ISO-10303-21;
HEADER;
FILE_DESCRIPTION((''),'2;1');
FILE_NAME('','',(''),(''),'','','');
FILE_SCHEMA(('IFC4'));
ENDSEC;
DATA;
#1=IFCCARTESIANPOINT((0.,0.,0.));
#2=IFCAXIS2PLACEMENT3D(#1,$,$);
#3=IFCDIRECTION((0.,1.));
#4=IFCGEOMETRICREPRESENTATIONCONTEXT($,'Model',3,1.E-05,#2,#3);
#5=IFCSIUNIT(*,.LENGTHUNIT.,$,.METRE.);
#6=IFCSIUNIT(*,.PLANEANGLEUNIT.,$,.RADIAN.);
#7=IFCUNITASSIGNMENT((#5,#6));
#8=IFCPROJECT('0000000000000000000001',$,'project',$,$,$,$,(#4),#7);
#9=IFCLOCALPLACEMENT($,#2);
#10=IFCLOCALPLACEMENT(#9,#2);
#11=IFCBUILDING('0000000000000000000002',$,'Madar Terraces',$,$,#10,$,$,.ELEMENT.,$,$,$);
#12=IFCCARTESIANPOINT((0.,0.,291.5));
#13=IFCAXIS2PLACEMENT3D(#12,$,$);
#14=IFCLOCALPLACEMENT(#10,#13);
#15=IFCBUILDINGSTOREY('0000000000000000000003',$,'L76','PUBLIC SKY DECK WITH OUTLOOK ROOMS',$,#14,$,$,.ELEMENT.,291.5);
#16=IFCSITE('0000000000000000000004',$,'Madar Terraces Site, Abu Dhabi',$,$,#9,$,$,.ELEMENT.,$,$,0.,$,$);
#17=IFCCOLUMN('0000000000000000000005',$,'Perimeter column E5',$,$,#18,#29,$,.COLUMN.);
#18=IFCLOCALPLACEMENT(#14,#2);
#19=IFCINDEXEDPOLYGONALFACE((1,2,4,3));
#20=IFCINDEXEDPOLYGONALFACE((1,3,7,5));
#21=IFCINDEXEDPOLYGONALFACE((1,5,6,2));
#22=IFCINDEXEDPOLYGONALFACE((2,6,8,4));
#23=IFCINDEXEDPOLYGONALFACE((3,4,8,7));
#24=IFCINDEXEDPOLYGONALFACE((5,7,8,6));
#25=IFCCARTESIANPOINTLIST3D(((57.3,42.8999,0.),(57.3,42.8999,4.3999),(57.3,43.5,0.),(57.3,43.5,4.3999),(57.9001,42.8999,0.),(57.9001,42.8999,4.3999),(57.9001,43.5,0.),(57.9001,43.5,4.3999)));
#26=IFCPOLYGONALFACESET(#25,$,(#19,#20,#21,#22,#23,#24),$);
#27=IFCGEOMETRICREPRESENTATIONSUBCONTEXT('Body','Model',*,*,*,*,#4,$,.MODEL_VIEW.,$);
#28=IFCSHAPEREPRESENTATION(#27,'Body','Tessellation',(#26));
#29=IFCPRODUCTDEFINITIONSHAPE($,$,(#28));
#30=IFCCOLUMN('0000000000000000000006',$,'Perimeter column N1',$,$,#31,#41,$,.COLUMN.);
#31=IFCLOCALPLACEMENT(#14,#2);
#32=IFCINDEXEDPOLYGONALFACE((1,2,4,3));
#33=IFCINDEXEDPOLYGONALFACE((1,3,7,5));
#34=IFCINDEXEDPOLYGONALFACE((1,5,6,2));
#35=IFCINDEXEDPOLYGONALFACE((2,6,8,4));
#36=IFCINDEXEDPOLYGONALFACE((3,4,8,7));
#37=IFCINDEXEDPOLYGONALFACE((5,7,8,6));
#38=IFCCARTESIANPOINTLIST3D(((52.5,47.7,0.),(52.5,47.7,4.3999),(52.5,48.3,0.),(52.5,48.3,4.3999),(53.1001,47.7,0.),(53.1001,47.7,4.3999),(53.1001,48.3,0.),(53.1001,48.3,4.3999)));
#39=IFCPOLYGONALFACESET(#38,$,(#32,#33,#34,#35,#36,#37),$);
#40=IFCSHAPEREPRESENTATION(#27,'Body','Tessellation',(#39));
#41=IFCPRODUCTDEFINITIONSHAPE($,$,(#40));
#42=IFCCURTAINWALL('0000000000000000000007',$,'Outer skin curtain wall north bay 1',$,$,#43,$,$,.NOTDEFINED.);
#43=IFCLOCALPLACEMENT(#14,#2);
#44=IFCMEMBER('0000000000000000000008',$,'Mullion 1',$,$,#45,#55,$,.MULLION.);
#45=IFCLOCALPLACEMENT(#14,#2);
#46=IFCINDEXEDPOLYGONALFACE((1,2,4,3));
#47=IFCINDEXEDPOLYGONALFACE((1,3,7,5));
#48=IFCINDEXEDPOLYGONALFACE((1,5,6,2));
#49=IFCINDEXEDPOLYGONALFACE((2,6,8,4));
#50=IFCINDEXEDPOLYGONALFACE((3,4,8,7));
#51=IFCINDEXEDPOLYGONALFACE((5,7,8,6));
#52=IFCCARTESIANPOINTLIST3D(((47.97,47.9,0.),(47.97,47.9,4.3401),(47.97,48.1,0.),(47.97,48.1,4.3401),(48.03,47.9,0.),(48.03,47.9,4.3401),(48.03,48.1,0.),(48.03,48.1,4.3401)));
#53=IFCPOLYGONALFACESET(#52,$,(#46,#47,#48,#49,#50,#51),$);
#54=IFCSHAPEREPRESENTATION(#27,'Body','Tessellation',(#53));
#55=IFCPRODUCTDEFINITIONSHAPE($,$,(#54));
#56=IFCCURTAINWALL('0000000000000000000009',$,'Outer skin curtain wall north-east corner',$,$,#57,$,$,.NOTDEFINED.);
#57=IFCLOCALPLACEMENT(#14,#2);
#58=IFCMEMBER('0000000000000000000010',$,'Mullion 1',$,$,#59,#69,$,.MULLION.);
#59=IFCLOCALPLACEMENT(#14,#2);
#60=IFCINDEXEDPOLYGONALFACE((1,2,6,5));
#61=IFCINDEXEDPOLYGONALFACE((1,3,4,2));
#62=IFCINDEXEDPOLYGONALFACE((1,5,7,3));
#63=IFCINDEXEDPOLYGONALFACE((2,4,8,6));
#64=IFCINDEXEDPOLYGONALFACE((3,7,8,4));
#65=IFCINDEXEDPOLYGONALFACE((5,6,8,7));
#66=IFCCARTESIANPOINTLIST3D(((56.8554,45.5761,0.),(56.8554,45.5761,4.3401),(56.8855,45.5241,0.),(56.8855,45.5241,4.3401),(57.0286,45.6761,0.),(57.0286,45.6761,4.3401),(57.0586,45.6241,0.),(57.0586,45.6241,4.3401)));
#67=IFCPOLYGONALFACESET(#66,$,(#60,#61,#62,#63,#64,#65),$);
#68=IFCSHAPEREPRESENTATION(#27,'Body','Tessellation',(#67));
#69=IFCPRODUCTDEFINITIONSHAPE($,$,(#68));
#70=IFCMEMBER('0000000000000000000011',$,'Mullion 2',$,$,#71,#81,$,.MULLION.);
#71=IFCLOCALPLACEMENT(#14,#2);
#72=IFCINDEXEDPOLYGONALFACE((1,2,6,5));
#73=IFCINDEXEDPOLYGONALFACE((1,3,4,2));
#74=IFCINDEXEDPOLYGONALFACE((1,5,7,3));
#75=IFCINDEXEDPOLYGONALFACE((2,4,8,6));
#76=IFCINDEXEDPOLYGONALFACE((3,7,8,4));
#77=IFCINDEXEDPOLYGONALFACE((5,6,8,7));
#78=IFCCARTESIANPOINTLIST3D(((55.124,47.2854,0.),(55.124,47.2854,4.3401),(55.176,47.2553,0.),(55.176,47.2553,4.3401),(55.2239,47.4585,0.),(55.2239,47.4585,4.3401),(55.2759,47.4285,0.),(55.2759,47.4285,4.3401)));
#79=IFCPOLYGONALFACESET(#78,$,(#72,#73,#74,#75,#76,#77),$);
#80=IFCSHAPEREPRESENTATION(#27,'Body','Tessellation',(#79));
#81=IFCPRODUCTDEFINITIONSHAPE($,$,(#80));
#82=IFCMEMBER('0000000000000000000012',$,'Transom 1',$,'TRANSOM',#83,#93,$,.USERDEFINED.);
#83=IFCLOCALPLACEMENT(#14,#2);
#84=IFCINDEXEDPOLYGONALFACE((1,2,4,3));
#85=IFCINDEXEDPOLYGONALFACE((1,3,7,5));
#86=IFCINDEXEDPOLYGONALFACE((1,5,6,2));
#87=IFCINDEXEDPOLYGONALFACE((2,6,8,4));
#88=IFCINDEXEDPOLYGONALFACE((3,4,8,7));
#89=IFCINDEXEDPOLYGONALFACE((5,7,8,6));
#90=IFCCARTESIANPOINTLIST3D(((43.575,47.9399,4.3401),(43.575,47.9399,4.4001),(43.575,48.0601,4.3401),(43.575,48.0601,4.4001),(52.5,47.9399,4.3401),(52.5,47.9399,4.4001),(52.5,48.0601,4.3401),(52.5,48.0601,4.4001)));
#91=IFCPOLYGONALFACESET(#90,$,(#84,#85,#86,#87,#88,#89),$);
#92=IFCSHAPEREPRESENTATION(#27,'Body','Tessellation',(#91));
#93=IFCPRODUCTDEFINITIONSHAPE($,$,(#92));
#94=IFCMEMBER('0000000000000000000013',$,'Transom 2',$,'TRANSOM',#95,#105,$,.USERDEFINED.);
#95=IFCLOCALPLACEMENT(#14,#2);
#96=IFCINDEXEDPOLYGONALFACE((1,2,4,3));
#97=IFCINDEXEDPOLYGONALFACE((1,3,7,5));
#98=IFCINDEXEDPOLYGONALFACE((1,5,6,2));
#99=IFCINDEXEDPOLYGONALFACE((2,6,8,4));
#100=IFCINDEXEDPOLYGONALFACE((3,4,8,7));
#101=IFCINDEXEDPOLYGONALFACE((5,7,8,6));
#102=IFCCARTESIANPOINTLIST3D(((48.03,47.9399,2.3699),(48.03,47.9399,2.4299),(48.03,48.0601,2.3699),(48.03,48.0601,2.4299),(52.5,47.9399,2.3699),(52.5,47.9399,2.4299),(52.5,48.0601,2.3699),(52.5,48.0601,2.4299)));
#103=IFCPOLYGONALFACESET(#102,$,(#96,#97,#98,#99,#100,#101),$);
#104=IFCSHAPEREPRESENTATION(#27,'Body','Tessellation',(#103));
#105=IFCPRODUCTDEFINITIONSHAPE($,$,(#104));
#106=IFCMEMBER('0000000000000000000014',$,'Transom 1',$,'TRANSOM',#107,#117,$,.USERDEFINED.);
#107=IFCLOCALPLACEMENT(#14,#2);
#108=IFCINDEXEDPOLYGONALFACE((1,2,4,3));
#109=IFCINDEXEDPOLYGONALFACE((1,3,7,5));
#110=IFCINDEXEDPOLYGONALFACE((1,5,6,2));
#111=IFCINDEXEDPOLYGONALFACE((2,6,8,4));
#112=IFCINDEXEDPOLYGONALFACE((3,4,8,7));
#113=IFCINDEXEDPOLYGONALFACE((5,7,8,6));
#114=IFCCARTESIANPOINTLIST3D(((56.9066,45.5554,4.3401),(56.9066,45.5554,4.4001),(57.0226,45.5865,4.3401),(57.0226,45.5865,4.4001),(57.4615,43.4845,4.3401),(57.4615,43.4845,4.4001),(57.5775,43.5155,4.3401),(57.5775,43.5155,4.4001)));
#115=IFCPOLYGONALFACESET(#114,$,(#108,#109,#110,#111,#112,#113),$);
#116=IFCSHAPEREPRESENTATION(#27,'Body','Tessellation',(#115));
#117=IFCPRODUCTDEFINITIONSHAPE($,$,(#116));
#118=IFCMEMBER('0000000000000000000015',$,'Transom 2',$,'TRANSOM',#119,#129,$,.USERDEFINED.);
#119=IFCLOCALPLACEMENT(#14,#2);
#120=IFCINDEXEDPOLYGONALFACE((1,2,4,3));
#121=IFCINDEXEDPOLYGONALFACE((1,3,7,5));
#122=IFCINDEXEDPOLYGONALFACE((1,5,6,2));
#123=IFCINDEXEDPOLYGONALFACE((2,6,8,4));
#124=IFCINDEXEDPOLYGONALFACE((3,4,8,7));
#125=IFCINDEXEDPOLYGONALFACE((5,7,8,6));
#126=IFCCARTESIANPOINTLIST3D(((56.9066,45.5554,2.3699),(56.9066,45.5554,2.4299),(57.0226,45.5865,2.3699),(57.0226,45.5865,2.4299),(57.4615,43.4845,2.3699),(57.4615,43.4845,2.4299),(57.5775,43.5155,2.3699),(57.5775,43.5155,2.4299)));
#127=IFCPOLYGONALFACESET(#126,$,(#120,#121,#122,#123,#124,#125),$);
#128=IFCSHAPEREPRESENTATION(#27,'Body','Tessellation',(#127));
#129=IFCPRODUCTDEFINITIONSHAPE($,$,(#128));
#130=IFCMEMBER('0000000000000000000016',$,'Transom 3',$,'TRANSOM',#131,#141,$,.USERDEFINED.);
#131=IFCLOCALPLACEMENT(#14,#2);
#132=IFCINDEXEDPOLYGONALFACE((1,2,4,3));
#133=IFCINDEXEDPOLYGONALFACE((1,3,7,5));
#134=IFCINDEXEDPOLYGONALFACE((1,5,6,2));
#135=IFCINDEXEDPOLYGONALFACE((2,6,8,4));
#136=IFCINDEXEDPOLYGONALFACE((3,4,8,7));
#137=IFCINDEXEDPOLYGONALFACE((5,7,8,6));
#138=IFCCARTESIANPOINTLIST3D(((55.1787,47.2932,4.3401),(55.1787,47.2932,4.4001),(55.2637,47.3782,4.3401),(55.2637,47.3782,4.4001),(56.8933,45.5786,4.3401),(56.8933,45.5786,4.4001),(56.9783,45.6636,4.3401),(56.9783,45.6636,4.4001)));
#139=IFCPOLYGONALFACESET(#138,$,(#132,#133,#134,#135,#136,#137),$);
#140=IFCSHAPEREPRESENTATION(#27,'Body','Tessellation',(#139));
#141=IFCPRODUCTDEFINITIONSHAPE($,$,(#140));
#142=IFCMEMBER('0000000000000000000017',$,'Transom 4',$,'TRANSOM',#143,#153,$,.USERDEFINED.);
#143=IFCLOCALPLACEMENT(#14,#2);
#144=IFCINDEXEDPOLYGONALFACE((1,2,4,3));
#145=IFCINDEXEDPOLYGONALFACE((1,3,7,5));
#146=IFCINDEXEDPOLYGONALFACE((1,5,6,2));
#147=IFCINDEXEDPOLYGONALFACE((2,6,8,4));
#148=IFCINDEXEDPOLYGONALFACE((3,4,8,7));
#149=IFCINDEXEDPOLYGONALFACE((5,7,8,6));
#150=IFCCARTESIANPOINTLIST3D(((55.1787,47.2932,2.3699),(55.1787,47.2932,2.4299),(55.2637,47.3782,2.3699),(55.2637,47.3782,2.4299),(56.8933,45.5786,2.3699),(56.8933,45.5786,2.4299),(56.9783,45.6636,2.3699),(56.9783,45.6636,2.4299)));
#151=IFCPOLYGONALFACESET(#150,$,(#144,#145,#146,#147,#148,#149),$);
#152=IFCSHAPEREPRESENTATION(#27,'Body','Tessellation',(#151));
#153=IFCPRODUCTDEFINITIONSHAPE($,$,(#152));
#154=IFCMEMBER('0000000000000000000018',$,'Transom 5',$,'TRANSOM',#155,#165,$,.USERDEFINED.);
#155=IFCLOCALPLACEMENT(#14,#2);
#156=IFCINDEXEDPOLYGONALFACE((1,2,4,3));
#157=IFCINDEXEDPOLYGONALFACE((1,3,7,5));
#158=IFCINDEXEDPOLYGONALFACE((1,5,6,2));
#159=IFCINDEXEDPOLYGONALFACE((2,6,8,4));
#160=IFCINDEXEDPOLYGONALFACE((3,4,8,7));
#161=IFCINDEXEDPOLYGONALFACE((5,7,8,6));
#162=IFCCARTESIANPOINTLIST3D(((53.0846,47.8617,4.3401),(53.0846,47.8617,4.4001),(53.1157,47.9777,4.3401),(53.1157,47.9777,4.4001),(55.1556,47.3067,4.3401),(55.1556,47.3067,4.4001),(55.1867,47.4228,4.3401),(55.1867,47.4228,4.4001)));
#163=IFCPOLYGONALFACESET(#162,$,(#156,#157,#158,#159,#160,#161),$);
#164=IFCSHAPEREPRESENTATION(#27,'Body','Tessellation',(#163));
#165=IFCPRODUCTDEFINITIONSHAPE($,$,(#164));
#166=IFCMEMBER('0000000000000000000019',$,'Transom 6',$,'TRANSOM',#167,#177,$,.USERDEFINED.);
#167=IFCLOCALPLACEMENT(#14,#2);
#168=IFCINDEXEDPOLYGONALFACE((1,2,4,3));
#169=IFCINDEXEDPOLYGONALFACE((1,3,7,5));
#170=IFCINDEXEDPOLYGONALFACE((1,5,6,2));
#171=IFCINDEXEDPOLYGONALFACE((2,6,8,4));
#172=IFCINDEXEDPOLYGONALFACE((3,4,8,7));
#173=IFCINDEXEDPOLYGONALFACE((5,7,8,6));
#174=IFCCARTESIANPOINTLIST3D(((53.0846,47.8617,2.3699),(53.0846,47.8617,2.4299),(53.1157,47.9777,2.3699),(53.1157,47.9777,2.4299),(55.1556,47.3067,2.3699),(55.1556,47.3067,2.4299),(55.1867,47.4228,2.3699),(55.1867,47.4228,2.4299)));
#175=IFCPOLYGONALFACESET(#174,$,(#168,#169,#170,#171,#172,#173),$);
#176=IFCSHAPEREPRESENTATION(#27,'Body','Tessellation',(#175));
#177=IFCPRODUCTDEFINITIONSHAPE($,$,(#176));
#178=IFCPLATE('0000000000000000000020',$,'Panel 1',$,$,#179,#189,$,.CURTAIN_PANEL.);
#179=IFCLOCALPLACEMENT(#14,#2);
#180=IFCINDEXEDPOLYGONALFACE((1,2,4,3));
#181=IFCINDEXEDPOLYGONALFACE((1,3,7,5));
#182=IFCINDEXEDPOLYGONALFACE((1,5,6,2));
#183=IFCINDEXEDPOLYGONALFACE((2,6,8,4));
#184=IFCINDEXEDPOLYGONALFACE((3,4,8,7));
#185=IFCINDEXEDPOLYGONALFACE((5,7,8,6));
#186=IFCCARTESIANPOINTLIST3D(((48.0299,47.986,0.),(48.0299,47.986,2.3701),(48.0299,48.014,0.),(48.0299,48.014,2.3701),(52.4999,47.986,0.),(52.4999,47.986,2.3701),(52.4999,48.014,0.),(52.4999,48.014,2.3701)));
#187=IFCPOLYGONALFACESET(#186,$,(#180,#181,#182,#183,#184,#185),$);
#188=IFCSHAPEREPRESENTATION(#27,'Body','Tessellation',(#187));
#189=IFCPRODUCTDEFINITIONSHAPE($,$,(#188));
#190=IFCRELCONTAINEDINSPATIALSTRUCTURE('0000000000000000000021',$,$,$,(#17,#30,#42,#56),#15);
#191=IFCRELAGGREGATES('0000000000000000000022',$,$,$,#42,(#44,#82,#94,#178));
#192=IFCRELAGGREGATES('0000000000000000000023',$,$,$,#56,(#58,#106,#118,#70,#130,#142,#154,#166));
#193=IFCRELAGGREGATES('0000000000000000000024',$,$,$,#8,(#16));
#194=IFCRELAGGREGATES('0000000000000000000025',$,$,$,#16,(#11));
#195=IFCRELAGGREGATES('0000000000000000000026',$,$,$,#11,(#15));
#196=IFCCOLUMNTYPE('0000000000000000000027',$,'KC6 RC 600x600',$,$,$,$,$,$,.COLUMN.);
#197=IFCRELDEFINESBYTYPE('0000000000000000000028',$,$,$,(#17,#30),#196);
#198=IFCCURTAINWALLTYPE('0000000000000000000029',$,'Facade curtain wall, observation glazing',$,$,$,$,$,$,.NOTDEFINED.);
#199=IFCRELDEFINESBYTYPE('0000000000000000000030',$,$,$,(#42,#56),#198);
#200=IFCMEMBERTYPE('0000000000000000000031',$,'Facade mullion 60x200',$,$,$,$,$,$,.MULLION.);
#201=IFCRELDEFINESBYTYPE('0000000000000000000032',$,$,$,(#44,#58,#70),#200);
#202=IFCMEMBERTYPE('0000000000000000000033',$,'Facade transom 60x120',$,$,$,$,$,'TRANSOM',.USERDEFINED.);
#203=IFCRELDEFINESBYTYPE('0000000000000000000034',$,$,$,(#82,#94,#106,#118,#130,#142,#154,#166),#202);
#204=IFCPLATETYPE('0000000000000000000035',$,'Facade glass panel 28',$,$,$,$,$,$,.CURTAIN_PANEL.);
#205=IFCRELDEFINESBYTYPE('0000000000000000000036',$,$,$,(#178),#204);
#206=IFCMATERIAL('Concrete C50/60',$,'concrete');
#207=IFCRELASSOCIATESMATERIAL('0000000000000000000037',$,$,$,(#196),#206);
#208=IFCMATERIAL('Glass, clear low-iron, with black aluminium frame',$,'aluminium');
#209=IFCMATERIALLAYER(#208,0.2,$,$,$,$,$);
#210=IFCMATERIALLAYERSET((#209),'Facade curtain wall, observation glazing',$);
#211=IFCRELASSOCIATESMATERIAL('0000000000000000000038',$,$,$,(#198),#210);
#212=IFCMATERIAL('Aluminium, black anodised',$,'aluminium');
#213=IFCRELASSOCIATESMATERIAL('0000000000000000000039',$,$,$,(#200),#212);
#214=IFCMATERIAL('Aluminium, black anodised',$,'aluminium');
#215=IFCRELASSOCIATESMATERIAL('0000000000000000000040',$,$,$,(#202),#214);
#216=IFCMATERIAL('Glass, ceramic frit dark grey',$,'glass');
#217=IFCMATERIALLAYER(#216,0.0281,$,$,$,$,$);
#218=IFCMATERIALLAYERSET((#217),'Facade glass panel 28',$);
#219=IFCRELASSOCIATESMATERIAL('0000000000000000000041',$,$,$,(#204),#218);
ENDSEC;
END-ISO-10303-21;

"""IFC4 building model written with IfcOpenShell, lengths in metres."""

from ifc_helpers import new_model, si_unit, direction, frame, origin, origin_2d, place, context, subcontext, project, spatial, rectangle, extrude, material, layer, layer_set, material_profile, profile_set, type_object, element, aggregate, save


model = new_model("IFC4")

# Units and contexts
model_context = context("Model", 3, precision=1e-05, world=origin(), true_north=direction((0.0, 1.0)))
body_context = subcontext(model_context, "Body", "Model", "MODEL_VIEW")
ifc_project = project(units=[si_unit("LENGTHUNIT", "METRE"), si_unit("PLANEANGLEUNIT", "RADIAN")], contexts=[model_context])

# Site, building, storey
site_placement = place(None, origin())
site = spatial("IfcSite", under=ifc_project, at=site_placement, Name="Madar Terraces Site, Abu Dhabi", CompositionType="ELEMENT", RefElevation=0.0)
building_placement = place(site_placement, origin())
building = spatial("IfcBuilding", under=site, at=building_placement, Name="Madar Terraces", CompositionType="ELEMENT")
storey_placement = place(building_placement, frame((0.0, 0.0, 291.5)))
storey = spatial("IfcBuildingStorey", under=building, at=storey_placement, Name="L76", Description="PUBLIC SKY DECK WITH OUTLOOK ROOMS", CompositionType="ELEMENT", Elevation=291.5)

# Columns
ifc_material_1 = material(Name="Concrete C50/60", Category="concrete")
ifc_material_profile_1 = material_profile(ifc_material_1, rectangle(XDim=0.6001, YDim=0.6001, at=origin_2d()), Name="KC6 RC 600x600")
ifc_profile_set_1 = profile_set([ifc_material_profile_1], Name="Concrete C50/60")
column_type = type_object("IfcColumnType", Name="KC6 RC 600x600", PredefinedType="COLUMN", material=ifc_profile_set_1)
for number, where, z_axis, x_axis, name in (
    (1, (57.6001, 43.2, 0.0), (0.0, 0.0, 1.0), (1.0, 0.0, 0.0), "Perimeter column E5"),
    (2, (52.8, 48.0, 0.0), (0.0, 0.0, 1.0), (1.0, 0.0, 0.0), "Perimeter column N1"),
):
    element("IfcColumn", number, at=place(storey_placement, frame(where, z_axis=z_axis, x_axis=x_axis)), inside=storey, type_object=column_type, Name=name, PredefinedType="COLUMN", context=body_context, shape_type="SweptSolid", body=[
        extrude(rectangle(XDim=0.6001, YDim=0.6001, at=origin_2d()), origin(), (0.0, 0.0, 1.0), 4.3999),
    ])

# Curtain wall, member
ifc_material_2 = material(Name="Glass, clear low-iron, with black aluminium frame", Category="aluminium")
ifc_layer_1 = layer(ifc_material_2, 0.2)
ifc_layer_set_1 = layer_set([ifc_layer_1], Name="Facade curtain wall, observation glazing")
curtain_wall_type = type_object("IfcCurtainWallType", Name="Facade curtain wall, observation glazing", PredefinedType="NOTDEFINED", material=ifc_layer_set_1)
curtain_wall_1_placement = place(storey_placement, origin())
curtain_wall_1 = element("IfcCurtainWall", 3, at=curtain_wall_1_placement, inside=storey, type_object=curtain_wall_type, Name="Outer skin curtain wall north bay 1", PredefinedType="NOTDEFINED")
ifc_material_3 = material(Name="Aluminium, black anodised", Category="aluminium")
ifc_material_profile_2 = material_profile(ifc_material_3, rectangle(XDim=0.2, YDim=0.0601, at=origin_2d()), Name="Facade mullion 60x200")
ifc_profile_set_2 = profile_set([ifc_material_profile_2], Name="Aluminium, black anodised")
member_type_1 = type_object("IfcMemberType", Name="Facade mullion 60x200", PredefinedType="MULLION", material=ifc_profile_set_2)
member_1_placement = place(storey_placement, frame((48.0, 48.0, 0.0), z_axis=(0.0, 0.0, 1.0), x_axis=(0.0, -1.0, 0.0)))
member_1 = element("IfcMember", 4, at=member_1_placement, type_object=member_type_1, Name="Mullion 1", PredefinedType="MULLION", context=body_context, shape_type="SweptSolid", body=[
    extrude(rectangle(XDim=0.2, YDim=0.0601, at=origin_2d()), origin(), (0.0, 0.0, 1.0), 4.3401),
])

# Curtain wall, members
curtain_wall_2_placement = place(storey_placement, origin())
curtain_wall_2 = element("IfcCurtainWall", 5, at=curtain_wall_2_placement, inside=storey, type_object=curtain_wall_type, Name="Outer skin curtain wall north-east corner", PredefinedType="NOTDEFINED")
member_2_placement = place(storey_placement, frame((56.957, 45.6001, 0.0), z_axis=(0.0, 0.0, 1.0), x_axis=(-0.866025, -0.5, 0.0)))
member_2 = element("IfcMember", 6, at=member_2_placement, type_object=member_type_1, Name="Mullion 1", PredefinedType="MULLION", context=body_context, shape_type="SweptSolid", body=[
    extrude(rectangle(XDim=0.2, YDim=0.0601, at=origin_2d()), origin(), (0.0, 0.0, 1.0), 4.3401),
])
member_3_placement = place(storey_placement, frame((55.2, 47.3569, 0.0), z_axis=(0.0, 0.0, 1.0), x_axis=(-0.5, -0.866025, 0.0)))
member_3 = element("IfcMember", 7, at=member_3_placement, type_object=member_type_1, Name="Mullion 2", PredefinedType="MULLION", context=body_context, shape_type="SweptSolid", body=[
    extrude(rectangle(XDim=0.2, YDim=0.0601, at=origin_2d()), origin(), (0.0, 0.0, 1.0), 4.3401),
])

# Members
ifc_material_4 = material(Name="Aluminium, black anodised", Category="aluminium")
ifc_material_profile_3 = material_profile(ifc_material_4, rectangle(XDim=0.1201, YDim=0.0601, at=origin_2d()), Name="Facade transom 60x120")
ifc_profile_set_3 = profile_set([ifc_material_profile_3], Name="Aluminium, black anodised")
member_type_2 = type_object("IfcMemberType", Name="Facade transom 60x120", ElementType="TRANSOM", PredefinedType="USERDEFINED", material=ifc_profile_set_3)
member_4_placement = place(storey_placement, frame((52.5, 48.0, 4.3701), z_axis=(-1.0, 0.0, 0.0), x_axis=(0.0, -1.0, 0.0)))
member_4 = element("IfcMember", 8, at=member_4_placement, type_object=member_type_2, Name="Transom 1", ObjectType="TRANSOM", PredefinedType="USERDEFINED", context=body_context, shape_type="SweptSolid", body=[
    extrude(rectangle(XDim=0.1201, YDim=0.0601, at=origin_2d()), origin(), (0.0, 0.0, 1.0), 8.925),
])
member_5_placement = place(storey_placement, frame((52.5, 48.0, 2.3999), z_axis=(-1.0, 0.0, 0.0), x_axis=(0.0, -1.0, 0.0)))
member_5 = element("IfcMember", 9, at=member_5_placement, type_object=member_type_2, Name="Transom 2", ObjectType="TRANSOM", PredefinedType="USERDEFINED", context=body_context, shape_type="SweptSolid", body=[
    extrude(rectangle(XDim=0.1201, YDim=0.0601, at=origin_2d()), origin(), (0.0, 0.0, 1.0), 4.47),
])
member_6_placement = place(storey_placement, frame((57.5195, 43.5, 4.3701), z_axis=(-0.258818, 0.965926, 0.0), x_axis=(-0.965926, -0.258818, 0.0)))
member_6 = element("IfcMember", 10, at=member_6_placement, type_object=member_type_2, Name="Transom 1", ObjectType="TRANSOM", PredefinedType="USERDEFINED", context=body_context, shape_type="SweptSolid", body=[
    extrude(rectangle(XDim=0.1201, YDim=0.0601, at=origin_2d()), origin(), (0.0, 0.0, 1.0), 2.144),
])
member_7_placement = place(storey_placement, frame((57.5195, 43.5, 2.3999), z_axis=(-0.258818, 0.965926, 0.0), x_axis=(-0.965926, -0.258818, 0.0)))
member_7 = element("IfcMember", 11, at=member_7_placement, type_object=member_type_2, Name="Transom 2", ObjectType="TRANSOM", PredefinedType="USERDEFINED", context=body_context, shape_type="SweptSolid", body=[
    extrude(rectangle(XDim=0.1201, YDim=0.0601, at=origin_2d()), origin(), (0.0, 0.0, 1.0), 2.144),
])
member_8_placement = place(storey_placement, frame((56.9358, 45.6211, 4.3701), z_axis=(-0.707107, 0.707107, 0.0), x_axis=(-0.707107, -0.707107, 0.0)))
member_8 = element("IfcMember", 12, at=member_8_placement, type_object=member_type_2, Name="Transom 3", ObjectType="TRANSOM", PredefinedType="USERDEFINED", context=body_context, shape_type="SweptSolid", body=[
    extrude(rectangle(XDim=0.1201, YDim=0.0601, at=origin_2d()), origin(), (0.0, 0.0, 1.0), 2.4248),
])
member_9_placement = place(storey_placement, frame((56.9358, 45.6211, 2.3999), z_axis=(-0.707107, 0.707107, 0.0), x_axis=(-0.707107, -0.707107, 0.0)))
member_9 = element("IfcMember", 13, at=member_9_placement, type_object=member_type_2, Name="Transom 4", ObjectType="TRANSOM", PredefinedType="USERDEFINED", context=body_context, shape_type="SweptSolid", body=[
    extrude(rectangle(XDim=0.1201, YDim=0.0601, at=origin_2d()), origin(), (0.0, 0.0, 1.0), 2.4248),
])
member_10_placement = place(storey_placement, frame((55.1711, 47.3647, 4.3701), z_axis=(-0.965926, 0.258818, 0.0), x_axis=(-0.258818, -0.965926, 0.0)))
member_10 = element("IfcMember", 14, at=member_10_placement, type_object=member_type_2, Name="Transom 5", ObjectType="TRANSOM", PredefinedType="USERDEFINED", context=body_context, shape_type="SweptSolid", body=[
    extrude(rectangle(XDim=0.1201, YDim=0.0601, at=origin_2d()), origin(), (0.0, 0.0, 1.0), 2.144),
])
member_11_placement = place(storey_placement, frame((55.1711, 47.3647, 2.3999), z_axis=(-0.965926, 0.258818, 0.0), x_axis=(-0.258818, -0.965926, 0.0)))
member_11 = element("IfcMember", 15, at=member_11_placement, type_object=member_type_2, Name="Transom 6", ObjectType="TRANSOM", PredefinedType="USERDEFINED", context=body_context, shape_type="SweptSolid", body=[
    extrude(rectangle(XDim=0.1201, YDim=0.0601, at=origin_2d()), origin(), (0.0, 0.0, 1.0), 2.144),
])

# Plate
ifc_material_5 = material(Name="Glass, ceramic frit dark grey", Category="glass")
ifc_layer_2 = layer(ifc_material_5, 0.0281)
ifc_layer_set_2 = layer_set([ifc_layer_2], Name="Facade glass panel 28")
plate_type = type_object("IfcPlateType", Name="Facade glass panel 28", PredefinedType="CURTAIN_PANEL", material=ifc_layer_set_2)
plate_1_placement = place(storey_placement, frame((50.2649, 48.0, 0.0), z_axis=(0.0, 0.0, 1.0), x_axis=(-1.0, 0.0, 0.0)))
plate_1 = element("IfcPlate", 16, at=plate_1_placement, type_object=plate_type, Name="Panel 1", PredefinedType="CURTAIN_PANEL", context=body_context, shape_type="SweptSolid", body=[
    extrude(rectangle(XDim=4.47, YDim=0.0281, at=origin_2d()), origin(), (0.0, 0.0, 1.0), 2.3701),
])
aggregate(curtain_wall_1, [member_1, member_4, member_5, plate_1])
aggregate(curtain_wall_2, [member_2, member_6, member_7, member_3, member_8, member_9, member_10, member_11])

save(model, "model.ifc")
